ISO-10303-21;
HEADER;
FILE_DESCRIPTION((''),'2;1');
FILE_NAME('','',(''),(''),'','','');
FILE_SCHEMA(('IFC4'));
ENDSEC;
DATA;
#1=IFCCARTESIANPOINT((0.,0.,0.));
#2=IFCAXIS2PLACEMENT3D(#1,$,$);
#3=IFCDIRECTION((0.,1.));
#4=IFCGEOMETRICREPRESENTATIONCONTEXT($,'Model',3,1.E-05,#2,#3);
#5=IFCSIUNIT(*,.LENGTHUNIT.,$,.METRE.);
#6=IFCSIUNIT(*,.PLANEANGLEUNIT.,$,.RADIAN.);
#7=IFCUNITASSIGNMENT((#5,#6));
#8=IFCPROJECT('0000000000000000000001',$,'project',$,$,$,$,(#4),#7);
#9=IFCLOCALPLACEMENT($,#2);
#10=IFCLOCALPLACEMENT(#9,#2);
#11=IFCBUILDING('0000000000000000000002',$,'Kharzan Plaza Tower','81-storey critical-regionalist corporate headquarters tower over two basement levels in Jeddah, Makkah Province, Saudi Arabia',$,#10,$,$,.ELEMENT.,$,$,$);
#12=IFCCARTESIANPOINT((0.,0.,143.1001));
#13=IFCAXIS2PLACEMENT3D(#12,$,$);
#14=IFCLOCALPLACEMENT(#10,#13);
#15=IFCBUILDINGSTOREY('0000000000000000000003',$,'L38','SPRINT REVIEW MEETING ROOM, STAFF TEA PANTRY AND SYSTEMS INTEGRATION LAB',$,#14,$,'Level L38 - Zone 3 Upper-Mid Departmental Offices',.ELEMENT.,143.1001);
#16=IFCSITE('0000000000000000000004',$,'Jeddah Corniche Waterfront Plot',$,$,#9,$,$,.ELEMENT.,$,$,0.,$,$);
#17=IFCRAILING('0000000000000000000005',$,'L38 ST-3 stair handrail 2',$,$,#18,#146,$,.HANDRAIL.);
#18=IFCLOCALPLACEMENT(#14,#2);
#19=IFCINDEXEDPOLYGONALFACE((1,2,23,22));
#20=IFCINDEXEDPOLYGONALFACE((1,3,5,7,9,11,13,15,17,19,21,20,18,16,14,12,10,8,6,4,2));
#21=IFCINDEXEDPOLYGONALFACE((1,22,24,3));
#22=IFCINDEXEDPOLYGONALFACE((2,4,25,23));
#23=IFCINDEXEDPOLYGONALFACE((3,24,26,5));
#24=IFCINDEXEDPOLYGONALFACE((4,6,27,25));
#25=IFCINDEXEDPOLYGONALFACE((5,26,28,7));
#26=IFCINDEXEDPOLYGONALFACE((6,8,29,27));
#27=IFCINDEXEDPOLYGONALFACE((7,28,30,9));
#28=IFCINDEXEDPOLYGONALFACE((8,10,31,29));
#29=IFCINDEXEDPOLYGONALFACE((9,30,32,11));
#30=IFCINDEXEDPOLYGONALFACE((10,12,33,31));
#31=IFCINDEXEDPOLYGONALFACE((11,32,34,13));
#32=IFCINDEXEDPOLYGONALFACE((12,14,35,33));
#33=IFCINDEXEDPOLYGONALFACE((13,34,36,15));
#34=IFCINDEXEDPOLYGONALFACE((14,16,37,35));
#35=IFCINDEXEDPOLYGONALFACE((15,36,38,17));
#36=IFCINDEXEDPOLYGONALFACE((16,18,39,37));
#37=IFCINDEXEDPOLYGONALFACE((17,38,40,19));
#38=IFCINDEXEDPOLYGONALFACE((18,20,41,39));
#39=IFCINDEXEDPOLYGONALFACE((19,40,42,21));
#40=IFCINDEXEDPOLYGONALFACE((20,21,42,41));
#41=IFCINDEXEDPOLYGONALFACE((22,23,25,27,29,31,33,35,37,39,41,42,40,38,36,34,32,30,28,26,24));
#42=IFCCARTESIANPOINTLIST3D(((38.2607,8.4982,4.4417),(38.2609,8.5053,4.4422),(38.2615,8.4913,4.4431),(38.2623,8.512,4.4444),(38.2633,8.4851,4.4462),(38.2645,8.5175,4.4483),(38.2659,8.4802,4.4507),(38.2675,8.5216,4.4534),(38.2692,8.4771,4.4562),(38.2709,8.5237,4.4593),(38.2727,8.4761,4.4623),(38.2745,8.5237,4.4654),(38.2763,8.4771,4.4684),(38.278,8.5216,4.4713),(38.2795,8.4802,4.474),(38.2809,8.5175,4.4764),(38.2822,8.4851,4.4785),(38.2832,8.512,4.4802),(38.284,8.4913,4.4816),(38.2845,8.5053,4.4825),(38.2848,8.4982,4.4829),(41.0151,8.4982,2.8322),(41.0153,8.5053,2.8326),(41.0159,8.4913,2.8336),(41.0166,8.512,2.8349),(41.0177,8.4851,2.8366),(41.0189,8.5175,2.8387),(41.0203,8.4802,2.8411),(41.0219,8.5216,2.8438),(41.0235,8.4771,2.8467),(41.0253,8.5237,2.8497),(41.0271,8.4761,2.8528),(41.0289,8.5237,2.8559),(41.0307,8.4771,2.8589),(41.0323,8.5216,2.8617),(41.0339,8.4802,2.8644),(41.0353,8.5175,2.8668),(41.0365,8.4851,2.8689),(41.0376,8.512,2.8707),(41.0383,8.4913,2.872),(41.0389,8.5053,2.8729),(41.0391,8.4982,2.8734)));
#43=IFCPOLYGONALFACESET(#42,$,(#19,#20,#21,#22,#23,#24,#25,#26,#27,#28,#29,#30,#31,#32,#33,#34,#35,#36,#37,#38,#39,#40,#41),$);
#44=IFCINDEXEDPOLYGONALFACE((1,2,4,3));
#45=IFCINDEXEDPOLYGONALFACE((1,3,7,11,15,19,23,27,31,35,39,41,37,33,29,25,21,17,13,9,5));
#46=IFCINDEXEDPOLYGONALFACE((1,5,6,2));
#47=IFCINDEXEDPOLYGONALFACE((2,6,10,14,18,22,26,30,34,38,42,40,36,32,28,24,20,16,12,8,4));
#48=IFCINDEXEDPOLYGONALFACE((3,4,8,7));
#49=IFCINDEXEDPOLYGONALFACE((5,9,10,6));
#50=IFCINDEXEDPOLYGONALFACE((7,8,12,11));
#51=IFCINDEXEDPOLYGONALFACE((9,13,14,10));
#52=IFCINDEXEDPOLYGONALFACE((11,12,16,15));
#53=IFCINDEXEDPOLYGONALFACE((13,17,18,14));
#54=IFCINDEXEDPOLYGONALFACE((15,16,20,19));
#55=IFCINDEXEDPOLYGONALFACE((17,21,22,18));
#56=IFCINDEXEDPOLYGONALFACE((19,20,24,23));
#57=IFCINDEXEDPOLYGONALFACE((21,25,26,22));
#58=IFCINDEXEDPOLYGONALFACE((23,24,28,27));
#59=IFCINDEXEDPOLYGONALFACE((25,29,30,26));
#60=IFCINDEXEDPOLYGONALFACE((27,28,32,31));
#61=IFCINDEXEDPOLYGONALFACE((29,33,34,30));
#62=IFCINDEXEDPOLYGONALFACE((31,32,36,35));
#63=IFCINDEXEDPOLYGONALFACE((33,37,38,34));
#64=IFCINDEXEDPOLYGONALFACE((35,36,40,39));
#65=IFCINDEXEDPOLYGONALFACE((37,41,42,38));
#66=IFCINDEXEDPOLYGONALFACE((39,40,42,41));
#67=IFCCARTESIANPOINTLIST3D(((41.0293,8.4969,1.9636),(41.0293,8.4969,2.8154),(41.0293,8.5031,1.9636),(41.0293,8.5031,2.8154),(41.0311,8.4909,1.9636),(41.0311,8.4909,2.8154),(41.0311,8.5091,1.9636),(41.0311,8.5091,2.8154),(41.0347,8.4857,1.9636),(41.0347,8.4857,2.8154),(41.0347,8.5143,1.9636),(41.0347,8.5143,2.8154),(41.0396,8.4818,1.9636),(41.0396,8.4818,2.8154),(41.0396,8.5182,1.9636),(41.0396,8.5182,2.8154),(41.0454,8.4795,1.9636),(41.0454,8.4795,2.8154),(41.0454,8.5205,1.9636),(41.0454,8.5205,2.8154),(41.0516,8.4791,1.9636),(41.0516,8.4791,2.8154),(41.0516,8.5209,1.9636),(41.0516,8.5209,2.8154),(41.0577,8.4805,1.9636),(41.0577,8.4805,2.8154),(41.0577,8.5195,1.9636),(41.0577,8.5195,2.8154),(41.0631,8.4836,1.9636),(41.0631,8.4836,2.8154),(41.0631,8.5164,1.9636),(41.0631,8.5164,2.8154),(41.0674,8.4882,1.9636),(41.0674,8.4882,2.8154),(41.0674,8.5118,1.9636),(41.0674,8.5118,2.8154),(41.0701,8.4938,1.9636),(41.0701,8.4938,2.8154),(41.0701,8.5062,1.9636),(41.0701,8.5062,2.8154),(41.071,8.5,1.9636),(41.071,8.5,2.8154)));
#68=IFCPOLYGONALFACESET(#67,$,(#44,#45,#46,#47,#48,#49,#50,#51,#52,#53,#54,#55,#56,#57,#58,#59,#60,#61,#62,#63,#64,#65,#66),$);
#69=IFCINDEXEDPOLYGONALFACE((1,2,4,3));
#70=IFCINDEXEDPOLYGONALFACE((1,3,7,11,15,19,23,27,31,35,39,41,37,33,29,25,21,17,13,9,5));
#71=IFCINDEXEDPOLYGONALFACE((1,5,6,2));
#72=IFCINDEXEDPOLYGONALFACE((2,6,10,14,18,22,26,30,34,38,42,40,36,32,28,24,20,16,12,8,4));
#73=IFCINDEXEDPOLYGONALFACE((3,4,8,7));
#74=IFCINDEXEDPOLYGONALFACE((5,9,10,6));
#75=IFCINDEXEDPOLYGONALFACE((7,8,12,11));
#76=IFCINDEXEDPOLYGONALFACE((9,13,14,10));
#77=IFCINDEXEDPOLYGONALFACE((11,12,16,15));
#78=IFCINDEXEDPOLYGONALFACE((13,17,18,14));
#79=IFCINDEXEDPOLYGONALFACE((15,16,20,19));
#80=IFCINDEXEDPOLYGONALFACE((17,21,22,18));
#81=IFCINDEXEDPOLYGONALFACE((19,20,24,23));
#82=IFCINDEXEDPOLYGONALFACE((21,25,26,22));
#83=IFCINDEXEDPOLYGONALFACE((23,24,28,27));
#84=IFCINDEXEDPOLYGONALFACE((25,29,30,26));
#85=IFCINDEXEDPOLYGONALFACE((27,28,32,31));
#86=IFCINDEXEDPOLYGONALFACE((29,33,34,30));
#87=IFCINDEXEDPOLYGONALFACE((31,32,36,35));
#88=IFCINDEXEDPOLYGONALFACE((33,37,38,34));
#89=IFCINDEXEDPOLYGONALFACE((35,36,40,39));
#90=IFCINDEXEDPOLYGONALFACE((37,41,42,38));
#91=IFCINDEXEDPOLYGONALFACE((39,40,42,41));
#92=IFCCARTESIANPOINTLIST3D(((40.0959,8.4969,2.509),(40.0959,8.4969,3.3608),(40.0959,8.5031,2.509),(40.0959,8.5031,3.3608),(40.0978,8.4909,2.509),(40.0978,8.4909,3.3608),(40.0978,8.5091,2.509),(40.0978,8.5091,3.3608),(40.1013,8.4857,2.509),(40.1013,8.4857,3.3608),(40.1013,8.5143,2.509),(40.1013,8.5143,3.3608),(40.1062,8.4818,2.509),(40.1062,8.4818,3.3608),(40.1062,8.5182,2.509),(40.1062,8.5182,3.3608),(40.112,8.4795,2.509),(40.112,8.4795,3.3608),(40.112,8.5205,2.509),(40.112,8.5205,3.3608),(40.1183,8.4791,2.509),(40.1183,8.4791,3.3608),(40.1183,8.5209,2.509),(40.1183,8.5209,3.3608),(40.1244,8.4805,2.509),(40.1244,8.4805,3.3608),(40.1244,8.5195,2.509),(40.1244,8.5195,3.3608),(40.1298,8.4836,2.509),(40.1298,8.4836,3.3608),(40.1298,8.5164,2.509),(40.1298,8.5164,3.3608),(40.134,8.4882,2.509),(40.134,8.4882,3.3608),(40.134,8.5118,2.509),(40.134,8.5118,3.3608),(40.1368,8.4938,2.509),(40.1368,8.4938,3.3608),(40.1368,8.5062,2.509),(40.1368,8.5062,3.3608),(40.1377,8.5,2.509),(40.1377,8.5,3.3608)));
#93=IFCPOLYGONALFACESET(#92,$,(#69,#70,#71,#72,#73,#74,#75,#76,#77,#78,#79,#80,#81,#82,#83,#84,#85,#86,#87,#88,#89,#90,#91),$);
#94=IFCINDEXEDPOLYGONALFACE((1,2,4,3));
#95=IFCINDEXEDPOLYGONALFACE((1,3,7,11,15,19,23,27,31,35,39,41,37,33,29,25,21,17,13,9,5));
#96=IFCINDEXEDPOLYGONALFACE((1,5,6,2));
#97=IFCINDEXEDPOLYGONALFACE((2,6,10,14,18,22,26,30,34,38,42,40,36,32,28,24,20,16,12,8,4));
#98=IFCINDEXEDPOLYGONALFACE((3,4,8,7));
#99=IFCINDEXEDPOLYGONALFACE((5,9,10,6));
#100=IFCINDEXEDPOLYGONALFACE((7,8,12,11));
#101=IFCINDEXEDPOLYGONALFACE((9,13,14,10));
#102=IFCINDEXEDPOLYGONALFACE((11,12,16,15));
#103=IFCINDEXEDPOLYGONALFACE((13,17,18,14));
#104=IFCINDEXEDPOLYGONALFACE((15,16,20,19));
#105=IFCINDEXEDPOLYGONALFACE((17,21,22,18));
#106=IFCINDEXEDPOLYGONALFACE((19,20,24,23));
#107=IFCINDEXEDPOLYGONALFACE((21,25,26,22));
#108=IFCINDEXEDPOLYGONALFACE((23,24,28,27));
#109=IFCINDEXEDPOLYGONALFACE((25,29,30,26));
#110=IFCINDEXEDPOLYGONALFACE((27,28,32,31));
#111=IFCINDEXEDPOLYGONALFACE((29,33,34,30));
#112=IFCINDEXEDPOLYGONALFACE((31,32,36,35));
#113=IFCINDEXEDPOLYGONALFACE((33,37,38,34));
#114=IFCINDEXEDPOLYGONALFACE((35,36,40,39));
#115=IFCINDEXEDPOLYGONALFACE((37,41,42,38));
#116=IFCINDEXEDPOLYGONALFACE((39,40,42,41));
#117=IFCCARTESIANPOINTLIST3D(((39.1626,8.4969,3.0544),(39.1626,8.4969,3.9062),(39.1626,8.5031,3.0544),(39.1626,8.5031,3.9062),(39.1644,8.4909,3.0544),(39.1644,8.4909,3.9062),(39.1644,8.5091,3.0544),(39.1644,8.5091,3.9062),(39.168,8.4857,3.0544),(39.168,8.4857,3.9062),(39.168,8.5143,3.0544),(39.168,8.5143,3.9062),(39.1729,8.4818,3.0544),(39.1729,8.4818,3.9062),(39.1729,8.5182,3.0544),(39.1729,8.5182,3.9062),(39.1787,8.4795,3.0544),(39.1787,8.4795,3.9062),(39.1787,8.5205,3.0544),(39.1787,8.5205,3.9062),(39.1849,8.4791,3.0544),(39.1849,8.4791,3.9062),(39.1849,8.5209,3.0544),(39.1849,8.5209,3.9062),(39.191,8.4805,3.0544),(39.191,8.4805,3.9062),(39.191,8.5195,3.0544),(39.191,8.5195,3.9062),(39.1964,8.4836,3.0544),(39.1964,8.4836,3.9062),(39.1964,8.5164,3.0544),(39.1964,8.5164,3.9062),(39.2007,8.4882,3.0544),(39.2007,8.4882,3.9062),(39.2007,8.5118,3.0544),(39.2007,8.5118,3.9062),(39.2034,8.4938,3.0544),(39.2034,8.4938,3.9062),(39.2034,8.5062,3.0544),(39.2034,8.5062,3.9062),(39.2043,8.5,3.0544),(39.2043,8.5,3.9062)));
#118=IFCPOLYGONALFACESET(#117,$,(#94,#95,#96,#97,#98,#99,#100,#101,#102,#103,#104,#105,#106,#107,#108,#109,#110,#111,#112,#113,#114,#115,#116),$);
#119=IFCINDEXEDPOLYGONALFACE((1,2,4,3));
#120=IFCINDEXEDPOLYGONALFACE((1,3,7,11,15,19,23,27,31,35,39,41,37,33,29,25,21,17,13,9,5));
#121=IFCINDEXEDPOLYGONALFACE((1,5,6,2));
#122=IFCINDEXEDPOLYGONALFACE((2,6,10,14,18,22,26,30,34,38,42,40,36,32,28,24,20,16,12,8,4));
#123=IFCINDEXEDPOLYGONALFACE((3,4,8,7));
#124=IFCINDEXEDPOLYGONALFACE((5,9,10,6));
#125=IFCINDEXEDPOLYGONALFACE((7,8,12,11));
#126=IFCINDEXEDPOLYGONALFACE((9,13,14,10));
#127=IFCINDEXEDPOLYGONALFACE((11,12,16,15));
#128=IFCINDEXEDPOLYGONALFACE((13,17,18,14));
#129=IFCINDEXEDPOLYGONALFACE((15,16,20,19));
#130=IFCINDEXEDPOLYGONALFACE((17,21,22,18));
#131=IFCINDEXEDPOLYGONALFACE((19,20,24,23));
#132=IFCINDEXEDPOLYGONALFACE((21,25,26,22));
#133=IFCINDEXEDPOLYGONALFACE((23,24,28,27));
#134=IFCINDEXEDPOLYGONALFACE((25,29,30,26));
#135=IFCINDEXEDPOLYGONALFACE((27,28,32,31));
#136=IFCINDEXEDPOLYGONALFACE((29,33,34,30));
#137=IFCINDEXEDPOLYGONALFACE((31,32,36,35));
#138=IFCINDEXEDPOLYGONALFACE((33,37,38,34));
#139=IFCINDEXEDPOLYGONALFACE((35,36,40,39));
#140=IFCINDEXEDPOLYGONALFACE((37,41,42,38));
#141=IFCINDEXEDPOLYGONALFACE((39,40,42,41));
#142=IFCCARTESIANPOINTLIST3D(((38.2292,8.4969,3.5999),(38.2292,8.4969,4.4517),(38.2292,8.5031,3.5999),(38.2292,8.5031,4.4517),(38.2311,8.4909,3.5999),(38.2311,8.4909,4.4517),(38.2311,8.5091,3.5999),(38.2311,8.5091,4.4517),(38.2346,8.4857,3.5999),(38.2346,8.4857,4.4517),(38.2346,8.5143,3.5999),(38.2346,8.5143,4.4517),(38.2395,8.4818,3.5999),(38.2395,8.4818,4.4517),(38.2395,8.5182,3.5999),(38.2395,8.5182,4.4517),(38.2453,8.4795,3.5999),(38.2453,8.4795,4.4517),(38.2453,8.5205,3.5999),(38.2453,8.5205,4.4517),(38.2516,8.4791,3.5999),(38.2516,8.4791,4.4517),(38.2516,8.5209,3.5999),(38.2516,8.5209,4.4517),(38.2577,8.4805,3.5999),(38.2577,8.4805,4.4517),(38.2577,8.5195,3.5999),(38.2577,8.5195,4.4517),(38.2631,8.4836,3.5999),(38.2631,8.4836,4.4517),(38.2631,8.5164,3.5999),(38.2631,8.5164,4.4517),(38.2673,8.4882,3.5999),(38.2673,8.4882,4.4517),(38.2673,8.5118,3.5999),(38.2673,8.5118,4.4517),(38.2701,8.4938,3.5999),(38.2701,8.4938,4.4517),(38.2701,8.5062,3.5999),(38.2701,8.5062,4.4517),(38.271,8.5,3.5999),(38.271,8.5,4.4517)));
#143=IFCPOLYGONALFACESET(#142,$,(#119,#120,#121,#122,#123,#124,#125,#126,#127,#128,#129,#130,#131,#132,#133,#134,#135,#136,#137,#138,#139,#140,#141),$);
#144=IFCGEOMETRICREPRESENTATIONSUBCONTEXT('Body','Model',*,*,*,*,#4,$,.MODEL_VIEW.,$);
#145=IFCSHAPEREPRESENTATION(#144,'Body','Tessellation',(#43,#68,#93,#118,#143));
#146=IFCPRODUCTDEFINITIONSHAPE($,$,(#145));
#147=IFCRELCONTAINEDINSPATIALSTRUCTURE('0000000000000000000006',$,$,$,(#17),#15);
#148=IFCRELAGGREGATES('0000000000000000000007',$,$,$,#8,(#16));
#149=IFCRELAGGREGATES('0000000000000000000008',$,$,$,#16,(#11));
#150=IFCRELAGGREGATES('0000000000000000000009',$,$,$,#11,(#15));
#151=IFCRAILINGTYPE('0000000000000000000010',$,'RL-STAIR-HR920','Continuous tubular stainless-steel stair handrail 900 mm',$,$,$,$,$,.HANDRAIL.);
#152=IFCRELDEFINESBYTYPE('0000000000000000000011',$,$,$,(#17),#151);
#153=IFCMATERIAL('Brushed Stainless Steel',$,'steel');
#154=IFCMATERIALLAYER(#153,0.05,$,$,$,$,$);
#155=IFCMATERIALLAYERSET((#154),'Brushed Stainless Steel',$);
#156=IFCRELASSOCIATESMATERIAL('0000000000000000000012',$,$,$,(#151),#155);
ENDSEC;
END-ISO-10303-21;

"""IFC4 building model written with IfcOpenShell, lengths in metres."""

from ifc_helpers import new_model, si_unit, direction, frame, origin, origin_2d, place, context, subcontext, project, spatial, circle, extrude, source, transform, mapped, material, layer, layer_set, type_object, element, save


model = new_model("IFC4")

# Units and contexts
model_context = context("Model", 3, precision=1e-05, world=origin(), true_north=direction((0.0, 1.0)))
body_context = subcontext(model_context, "Body", "Model", "MODEL_VIEW")
ifc_project = project(units=[si_unit("LENGTHUNIT", "METRE"), si_unit("PLANEANGLEUNIT", "RADIAN")], contexts=[model_context])

# Site, building, storey
site_placement = place(None, origin())
site = spatial("IfcSite", under=ifc_project, at=site_placement, Name="Jeddah Corniche Waterfront Plot", CompositionType="ELEMENT", RefElevation=0.0)
building_placement = place(site_placement, origin())
building = spatial("IfcBuilding", under=site, at=building_placement, Name="Kharzan Plaza Tower", Description="81-storey critical-regionalist corporate headquarters tower over two basement levels in Jeddah, Makkah Province, Saudi Arabia", CompositionType="ELEMENT")
storey_placement = place(building_placement, frame((0.0, 0.0, 143.1001)))
storey = spatial("IfcBuildingStorey", under=building, at=storey_placement, Name="L38", Description="SPRINT REVIEW MEETING ROOM, STAFF TEA PANTRY AND SYSTEMS INTEGRATION LAB", LongName="Level L38 - Zone 3 Upper-Mid Departmental Offices", CompositionType="ELEMENT", Elevation=143.1001)

# Shared definitions
ifc_material_1 = material(Name="Brushed Stainless Steel", Category="steel")

# Railing
ifc_layer_1 = layer(ifc_material_1, 0.05)
ifc_layer_set_1 = layer_set([ifc_layer_1], Name="Brushed Stainless Steel")
railing_type_1 = type_object("IfcRailingType", Name="RL-STAIR-HR920", Description="Continuous tubular stainless-steel stair handrail 900 mm", PredefinedType="HANDRAIL", material=ifc_layer_set_1)
shared_shape_1 = source(origin(), body_context, "Body", "SweptSolid", [
    extrude(circle(Radius=0.0239, at=origin_2d()), frame((-0.0229, 0.0, 0.8892), z_axis=(-0.863394, 0.0, 0.504531), x_axis=(0.0, -1.0, 0.0)), (0.0, 0.0, 1.0), 3.1902),
    extrude(circle(Radius=0.021, at=origin_2d()), origin(), (0.0, 0.0, 1.0), 0.8518),
    extrude(circle(Radius=0.021, at=origin_2d()), frame((-0.9333, 0.0, 0.5454)), (0.0, 0.0, 1.0), 0.8518),
    extrude(circle(Radius=0.021, at=origin_2d()), frame((-1.8667, 0.0, 1.0908)), (0.0, 0.0, 1.0), 0.8518),
    extrude(circle(Radius=0.021, at=origin_2d()), frame((-2.8, 0.0, 1.6362)), (0.0, 0.0, 1.0), 0.8518),
])
railing_1_placement = place(storey_placement, frame((41.05, 8.5, 1.9636)))
element("IfcRailing", 1, at=railing_1_placement, inside=storey, type_object=railing_type_1, Name="L38 ST-3 stair handrail 2", PredefinedType="HANDRAIL", context=body_context, shape_type="MappedRepresentation", body=[
    mapped(shared_shape_1, transform((0.0, 0.0, 0.0), x_axis=(1.0, 0.0, 0.0), y_axis=(0.0, 1.0, 0.0), z_axis=(0.0, 0.0, 1.0))),
])

save(model, "model.ifc")
